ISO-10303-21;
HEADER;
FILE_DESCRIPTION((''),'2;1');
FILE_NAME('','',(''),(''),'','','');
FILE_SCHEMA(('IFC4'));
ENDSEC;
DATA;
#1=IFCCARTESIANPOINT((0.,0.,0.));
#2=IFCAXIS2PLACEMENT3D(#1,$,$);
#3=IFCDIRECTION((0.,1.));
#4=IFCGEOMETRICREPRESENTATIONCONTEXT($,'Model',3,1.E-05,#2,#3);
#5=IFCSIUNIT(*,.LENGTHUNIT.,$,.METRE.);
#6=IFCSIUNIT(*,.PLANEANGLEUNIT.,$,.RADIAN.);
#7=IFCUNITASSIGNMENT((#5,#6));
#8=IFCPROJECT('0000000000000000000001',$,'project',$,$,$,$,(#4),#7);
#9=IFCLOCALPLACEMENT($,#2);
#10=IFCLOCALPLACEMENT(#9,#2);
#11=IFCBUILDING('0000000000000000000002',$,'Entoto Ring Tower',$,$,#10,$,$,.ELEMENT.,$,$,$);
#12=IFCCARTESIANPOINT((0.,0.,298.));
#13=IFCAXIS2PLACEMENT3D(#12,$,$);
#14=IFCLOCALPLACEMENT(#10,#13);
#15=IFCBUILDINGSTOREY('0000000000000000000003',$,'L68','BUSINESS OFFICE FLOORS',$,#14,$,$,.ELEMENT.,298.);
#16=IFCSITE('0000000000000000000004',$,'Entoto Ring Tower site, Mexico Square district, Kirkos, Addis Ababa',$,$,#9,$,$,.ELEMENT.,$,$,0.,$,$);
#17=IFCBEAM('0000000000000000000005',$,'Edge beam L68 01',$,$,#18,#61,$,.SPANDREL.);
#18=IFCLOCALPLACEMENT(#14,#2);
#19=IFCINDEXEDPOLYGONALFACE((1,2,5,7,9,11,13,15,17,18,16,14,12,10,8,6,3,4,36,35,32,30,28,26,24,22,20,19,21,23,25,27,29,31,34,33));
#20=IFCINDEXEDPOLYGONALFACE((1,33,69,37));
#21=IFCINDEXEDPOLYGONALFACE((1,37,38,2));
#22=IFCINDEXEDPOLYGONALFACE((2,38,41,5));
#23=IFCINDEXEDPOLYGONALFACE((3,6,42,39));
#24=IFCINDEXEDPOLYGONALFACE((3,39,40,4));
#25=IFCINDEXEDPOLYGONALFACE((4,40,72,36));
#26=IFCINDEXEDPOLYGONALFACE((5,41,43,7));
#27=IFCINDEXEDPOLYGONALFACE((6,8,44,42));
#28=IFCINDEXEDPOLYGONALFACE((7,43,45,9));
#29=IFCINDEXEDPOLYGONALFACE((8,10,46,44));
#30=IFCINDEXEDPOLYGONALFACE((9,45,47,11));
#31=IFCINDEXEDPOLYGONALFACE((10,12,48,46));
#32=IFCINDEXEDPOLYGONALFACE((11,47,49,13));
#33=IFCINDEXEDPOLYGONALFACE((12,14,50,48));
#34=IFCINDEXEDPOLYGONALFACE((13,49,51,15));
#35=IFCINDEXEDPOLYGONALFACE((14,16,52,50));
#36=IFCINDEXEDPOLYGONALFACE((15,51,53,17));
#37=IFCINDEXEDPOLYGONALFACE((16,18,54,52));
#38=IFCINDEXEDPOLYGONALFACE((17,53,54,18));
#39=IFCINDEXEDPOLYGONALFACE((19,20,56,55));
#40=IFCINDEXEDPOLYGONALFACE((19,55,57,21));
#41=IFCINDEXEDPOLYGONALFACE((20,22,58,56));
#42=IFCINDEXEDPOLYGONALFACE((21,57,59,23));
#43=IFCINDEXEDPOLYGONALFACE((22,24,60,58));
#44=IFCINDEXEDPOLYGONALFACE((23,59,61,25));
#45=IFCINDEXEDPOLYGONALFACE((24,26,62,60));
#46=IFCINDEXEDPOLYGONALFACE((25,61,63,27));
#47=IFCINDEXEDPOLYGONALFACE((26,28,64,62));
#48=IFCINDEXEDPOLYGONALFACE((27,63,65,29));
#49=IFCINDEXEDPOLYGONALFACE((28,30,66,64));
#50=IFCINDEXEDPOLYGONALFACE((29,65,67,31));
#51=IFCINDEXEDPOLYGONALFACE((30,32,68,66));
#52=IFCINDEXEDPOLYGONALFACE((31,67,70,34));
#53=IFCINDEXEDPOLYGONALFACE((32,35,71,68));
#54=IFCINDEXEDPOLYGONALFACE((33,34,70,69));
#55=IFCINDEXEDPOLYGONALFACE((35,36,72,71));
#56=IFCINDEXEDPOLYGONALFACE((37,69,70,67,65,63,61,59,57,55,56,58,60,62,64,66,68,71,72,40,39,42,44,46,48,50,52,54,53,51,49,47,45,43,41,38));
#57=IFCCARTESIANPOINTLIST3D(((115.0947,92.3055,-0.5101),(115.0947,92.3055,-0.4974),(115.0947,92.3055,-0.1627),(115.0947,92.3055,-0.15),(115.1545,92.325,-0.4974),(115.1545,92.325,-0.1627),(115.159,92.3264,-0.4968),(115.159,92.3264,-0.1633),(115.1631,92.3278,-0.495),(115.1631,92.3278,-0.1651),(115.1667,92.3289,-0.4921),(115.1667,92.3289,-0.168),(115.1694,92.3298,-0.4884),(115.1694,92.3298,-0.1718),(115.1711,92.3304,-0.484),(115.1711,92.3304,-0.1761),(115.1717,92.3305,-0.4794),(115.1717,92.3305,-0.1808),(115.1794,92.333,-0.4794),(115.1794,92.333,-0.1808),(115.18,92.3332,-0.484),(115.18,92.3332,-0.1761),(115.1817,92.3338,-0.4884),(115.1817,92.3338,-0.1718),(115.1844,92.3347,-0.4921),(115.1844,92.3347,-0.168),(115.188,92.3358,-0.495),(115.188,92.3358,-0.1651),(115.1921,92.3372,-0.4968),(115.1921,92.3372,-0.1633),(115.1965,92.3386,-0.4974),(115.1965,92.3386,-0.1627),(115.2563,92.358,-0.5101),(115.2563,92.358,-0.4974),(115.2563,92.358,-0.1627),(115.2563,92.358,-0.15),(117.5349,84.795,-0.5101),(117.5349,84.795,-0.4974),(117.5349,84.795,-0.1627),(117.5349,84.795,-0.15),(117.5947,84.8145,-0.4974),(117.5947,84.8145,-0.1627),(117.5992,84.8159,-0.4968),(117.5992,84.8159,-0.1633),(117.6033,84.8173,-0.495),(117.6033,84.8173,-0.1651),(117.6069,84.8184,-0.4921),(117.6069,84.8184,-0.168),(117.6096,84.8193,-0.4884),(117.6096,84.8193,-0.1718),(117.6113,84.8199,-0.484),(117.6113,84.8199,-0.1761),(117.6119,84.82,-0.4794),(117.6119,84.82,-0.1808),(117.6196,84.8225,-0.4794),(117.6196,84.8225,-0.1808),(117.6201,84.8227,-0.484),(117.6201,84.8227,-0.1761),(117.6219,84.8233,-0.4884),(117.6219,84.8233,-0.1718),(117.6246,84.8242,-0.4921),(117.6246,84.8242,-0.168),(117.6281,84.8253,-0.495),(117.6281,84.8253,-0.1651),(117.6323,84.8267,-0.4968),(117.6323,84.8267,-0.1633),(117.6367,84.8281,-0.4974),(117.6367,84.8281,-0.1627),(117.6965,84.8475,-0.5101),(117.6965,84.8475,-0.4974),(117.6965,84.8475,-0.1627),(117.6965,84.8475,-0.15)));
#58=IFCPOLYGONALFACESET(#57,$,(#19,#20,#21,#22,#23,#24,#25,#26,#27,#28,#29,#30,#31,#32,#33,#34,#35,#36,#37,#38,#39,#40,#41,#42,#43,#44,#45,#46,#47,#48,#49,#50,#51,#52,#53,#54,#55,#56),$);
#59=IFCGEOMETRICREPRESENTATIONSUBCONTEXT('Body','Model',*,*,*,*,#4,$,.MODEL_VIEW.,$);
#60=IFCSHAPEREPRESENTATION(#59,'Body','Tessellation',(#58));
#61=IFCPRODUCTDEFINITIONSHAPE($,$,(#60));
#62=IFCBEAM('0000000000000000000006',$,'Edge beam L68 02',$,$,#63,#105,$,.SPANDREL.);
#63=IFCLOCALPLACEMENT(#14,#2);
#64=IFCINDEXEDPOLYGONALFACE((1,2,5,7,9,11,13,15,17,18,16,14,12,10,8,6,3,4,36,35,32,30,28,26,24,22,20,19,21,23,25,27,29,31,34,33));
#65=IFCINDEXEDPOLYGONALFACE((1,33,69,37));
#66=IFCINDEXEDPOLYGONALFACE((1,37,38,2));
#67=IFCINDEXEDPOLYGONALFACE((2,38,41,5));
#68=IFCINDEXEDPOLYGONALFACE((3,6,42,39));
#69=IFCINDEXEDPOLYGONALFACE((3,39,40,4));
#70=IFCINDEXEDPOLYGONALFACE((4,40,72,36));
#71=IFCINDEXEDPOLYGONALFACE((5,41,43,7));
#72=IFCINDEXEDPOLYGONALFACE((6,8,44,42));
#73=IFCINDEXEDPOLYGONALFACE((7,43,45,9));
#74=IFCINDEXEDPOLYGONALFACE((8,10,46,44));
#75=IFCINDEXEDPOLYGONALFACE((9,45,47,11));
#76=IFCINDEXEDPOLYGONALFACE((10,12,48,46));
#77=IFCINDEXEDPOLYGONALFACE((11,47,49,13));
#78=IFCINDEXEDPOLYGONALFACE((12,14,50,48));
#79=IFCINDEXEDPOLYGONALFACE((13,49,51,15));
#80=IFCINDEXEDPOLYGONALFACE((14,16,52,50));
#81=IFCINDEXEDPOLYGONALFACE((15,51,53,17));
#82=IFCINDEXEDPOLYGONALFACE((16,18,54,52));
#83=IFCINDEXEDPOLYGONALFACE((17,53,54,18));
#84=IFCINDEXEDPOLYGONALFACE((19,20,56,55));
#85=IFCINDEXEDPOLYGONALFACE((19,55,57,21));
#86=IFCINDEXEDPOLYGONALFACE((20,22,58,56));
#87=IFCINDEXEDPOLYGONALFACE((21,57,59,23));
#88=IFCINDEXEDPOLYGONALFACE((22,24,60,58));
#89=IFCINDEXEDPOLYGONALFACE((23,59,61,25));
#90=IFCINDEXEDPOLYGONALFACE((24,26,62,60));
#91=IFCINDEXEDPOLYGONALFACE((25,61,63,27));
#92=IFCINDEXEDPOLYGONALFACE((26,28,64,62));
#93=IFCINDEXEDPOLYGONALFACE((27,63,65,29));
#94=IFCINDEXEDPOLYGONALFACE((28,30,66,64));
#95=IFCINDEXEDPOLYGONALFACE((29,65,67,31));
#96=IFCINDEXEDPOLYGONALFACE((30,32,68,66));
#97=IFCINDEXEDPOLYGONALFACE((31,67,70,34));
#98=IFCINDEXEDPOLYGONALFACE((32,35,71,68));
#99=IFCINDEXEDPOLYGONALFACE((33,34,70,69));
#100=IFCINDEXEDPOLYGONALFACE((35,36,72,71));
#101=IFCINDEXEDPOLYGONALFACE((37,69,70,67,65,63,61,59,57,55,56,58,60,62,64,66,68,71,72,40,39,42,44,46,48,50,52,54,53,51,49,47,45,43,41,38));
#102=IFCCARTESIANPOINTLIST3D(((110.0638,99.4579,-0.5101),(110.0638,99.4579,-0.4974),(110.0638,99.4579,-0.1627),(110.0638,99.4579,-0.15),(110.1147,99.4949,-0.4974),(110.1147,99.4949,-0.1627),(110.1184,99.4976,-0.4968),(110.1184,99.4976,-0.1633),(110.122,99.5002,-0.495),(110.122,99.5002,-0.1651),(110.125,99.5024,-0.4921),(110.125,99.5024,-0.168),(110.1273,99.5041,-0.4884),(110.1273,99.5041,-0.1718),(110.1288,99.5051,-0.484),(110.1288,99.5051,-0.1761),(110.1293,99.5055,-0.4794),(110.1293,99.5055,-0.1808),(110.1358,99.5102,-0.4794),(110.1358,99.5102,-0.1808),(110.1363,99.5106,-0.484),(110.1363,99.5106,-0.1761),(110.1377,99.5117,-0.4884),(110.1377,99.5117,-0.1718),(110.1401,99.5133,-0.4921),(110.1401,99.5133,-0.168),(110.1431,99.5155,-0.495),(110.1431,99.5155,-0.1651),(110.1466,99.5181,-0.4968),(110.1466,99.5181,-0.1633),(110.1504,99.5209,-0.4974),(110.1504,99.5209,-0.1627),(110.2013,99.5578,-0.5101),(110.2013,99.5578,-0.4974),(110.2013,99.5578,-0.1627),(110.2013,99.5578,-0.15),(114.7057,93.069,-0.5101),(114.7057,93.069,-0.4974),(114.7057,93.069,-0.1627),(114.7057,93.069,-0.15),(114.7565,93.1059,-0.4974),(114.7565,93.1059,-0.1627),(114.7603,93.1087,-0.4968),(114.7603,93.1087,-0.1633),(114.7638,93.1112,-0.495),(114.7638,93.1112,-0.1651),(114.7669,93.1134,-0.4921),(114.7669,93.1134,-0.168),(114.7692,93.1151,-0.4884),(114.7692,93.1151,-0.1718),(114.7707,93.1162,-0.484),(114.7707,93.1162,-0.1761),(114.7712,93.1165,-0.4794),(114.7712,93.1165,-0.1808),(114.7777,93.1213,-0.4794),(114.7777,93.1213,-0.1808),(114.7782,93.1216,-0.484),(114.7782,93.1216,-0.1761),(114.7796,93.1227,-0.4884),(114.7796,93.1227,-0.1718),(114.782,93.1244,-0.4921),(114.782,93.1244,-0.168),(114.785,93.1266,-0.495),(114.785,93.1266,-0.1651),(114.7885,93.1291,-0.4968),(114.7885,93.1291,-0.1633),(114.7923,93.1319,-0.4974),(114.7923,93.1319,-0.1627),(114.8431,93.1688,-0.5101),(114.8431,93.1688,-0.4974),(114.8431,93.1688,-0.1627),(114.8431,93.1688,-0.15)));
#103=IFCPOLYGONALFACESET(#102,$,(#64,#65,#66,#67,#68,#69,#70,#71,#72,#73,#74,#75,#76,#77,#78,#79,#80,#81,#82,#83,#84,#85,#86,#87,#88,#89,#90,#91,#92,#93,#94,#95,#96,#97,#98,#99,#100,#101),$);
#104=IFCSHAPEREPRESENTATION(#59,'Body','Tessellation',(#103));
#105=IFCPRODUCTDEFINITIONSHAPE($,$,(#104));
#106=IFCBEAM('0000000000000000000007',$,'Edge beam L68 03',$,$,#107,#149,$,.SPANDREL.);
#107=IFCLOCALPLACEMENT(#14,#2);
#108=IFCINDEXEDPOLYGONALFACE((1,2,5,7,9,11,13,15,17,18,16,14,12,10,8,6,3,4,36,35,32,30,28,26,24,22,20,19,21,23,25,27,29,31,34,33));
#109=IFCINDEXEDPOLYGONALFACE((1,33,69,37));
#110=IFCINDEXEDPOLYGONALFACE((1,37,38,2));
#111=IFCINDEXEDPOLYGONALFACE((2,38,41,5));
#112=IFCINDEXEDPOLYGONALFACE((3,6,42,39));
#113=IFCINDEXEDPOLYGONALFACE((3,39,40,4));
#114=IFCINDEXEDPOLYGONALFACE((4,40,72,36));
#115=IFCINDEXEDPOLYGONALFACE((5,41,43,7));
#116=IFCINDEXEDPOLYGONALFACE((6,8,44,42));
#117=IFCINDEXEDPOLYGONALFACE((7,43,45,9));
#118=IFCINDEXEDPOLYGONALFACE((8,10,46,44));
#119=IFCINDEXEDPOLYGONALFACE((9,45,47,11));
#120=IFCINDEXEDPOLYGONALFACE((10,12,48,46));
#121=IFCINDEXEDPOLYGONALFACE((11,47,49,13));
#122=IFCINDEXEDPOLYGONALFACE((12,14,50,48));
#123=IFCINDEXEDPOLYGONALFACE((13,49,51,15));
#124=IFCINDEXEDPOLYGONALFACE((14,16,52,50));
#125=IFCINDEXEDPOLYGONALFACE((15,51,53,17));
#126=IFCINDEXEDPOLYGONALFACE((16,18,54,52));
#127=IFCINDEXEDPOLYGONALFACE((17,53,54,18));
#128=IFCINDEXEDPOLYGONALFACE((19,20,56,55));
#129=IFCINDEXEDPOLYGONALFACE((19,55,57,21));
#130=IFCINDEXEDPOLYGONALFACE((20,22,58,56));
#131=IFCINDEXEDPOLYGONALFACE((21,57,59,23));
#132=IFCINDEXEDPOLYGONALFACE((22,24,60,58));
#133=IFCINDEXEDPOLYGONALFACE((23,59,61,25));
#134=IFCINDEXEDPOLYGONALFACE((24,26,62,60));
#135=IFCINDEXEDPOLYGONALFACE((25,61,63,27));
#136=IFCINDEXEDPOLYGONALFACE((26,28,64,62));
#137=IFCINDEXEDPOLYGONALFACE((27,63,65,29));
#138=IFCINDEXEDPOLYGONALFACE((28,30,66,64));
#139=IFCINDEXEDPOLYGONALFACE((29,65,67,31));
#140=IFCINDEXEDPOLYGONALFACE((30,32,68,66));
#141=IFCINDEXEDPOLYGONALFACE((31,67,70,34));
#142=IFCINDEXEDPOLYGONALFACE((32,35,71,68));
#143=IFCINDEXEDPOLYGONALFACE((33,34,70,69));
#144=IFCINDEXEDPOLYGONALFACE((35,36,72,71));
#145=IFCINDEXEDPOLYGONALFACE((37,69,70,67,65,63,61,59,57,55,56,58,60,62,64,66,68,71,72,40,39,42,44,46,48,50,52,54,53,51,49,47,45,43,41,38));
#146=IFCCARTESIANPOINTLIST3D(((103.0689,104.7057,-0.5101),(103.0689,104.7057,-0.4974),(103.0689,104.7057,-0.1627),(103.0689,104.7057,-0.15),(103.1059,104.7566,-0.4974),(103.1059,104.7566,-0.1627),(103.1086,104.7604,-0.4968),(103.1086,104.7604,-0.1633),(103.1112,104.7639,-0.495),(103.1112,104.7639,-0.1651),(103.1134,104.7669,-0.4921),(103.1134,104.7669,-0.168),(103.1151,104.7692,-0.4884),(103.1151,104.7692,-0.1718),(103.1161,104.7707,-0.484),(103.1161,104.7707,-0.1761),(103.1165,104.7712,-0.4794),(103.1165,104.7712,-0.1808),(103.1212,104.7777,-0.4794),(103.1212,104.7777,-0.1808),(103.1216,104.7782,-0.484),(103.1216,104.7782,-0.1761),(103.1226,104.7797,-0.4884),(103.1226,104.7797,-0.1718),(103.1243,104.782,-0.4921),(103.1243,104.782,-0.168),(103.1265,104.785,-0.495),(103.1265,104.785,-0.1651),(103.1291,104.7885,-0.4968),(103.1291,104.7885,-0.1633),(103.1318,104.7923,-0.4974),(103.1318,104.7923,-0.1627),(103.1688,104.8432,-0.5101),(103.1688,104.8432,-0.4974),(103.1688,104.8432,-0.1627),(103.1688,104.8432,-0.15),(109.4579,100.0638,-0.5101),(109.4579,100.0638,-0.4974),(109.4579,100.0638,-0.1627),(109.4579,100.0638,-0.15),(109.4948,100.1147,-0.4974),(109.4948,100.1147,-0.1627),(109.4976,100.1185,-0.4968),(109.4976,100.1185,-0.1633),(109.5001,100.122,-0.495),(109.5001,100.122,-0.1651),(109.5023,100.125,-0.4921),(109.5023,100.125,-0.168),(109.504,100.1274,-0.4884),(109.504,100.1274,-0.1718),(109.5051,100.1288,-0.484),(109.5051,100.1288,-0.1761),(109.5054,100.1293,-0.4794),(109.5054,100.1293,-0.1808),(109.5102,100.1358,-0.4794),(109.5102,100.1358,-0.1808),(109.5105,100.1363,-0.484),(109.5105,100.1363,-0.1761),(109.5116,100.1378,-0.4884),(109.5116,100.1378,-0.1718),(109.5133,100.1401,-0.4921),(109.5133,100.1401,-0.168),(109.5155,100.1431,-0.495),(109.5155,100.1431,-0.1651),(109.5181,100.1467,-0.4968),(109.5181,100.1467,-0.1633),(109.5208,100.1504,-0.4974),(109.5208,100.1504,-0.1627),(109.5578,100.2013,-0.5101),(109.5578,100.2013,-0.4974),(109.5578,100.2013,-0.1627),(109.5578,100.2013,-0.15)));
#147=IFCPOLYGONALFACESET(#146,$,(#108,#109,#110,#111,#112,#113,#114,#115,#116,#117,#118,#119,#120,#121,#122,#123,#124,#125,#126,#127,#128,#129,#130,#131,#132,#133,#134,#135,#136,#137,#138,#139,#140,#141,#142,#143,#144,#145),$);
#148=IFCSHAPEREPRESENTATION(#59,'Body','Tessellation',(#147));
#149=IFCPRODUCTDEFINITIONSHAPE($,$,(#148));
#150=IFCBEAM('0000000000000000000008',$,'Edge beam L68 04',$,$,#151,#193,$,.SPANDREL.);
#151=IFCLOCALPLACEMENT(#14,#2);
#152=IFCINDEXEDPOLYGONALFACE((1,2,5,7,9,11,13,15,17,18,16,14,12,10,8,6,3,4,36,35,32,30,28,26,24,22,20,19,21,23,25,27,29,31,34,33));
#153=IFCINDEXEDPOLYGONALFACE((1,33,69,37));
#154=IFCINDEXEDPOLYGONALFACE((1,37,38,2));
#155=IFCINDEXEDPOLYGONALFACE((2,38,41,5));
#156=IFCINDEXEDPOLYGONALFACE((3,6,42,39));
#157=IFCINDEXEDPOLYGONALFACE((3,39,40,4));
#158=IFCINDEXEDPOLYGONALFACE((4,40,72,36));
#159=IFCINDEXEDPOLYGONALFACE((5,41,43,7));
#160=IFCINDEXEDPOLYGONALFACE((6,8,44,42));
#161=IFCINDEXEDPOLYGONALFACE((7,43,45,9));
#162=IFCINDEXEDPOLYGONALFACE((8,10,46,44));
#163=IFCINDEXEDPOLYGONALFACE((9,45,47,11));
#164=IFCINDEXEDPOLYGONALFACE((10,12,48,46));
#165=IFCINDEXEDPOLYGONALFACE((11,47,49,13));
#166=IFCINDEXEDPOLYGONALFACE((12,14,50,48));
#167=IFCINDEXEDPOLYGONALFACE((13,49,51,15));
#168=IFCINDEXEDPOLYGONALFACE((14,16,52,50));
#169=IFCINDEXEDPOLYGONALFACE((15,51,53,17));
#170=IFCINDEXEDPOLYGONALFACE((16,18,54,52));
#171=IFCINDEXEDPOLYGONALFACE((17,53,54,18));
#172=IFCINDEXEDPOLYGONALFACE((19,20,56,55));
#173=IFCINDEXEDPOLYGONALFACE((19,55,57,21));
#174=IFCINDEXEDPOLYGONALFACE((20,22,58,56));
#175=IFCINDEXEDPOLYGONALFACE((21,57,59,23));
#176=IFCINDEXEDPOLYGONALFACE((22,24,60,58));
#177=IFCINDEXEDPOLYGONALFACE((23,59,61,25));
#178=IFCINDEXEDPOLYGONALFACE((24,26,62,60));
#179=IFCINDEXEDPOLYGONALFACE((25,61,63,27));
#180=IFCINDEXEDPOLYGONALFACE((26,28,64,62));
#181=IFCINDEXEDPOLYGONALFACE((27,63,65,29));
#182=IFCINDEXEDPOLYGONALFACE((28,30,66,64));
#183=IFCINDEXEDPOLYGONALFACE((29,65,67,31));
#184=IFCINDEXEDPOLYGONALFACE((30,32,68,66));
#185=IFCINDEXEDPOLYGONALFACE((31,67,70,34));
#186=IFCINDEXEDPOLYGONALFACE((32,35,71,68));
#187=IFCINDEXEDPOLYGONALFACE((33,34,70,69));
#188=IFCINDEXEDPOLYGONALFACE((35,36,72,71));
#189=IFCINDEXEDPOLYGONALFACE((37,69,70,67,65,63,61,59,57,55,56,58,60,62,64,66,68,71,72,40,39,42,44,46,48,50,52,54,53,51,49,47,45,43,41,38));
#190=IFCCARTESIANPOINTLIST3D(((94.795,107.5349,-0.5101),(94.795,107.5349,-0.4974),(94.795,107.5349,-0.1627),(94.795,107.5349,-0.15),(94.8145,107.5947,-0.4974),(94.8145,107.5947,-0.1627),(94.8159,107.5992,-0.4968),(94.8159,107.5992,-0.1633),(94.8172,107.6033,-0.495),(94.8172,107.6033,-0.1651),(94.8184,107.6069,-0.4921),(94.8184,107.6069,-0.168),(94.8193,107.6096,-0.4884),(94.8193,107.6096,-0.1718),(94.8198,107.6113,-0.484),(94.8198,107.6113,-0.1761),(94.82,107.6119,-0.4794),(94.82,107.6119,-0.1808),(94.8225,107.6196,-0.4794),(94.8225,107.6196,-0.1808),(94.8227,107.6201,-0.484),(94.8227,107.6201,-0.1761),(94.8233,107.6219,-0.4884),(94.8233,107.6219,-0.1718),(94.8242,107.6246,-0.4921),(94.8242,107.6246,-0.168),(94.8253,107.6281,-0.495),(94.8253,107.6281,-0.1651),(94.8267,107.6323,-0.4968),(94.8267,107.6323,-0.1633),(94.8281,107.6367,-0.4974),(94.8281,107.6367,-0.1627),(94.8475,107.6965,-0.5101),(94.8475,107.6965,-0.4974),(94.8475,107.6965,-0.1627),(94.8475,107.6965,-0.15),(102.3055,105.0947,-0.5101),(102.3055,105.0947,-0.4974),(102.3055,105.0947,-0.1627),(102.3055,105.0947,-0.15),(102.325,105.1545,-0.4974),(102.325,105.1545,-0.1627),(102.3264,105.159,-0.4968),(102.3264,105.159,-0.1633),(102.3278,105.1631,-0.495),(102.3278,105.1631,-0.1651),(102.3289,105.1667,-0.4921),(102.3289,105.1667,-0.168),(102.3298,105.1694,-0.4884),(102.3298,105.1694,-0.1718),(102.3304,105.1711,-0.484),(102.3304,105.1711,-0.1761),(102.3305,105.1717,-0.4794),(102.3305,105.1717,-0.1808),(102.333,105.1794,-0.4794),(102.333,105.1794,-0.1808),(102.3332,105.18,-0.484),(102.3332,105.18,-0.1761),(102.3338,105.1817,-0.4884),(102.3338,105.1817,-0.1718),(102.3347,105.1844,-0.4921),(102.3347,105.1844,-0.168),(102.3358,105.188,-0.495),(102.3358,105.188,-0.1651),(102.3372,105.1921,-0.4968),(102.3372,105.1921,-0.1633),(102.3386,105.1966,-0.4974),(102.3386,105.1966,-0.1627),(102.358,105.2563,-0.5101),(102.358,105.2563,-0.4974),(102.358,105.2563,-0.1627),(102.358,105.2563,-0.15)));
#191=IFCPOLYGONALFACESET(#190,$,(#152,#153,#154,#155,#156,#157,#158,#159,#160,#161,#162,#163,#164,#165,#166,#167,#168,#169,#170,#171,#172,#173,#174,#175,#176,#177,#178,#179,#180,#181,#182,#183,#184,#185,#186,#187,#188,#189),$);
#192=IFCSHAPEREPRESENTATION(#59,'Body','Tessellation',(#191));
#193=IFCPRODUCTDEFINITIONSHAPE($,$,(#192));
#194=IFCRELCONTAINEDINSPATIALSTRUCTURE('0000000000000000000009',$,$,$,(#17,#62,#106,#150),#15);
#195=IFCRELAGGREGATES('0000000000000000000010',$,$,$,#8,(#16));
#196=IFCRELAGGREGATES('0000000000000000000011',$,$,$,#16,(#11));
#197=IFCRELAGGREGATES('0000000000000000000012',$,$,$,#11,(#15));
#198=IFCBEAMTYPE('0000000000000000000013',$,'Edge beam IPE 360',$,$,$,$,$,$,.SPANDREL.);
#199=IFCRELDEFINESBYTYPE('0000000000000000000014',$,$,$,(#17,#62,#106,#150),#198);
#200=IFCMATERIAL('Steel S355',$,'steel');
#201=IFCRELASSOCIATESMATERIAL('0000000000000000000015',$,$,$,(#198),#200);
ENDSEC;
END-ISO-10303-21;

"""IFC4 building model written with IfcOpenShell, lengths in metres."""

from ifc_helpers import new_model, si_unit, direction, frame, origin, origin_2d, place, context, subcontext, project, spatial, i_section, extrude, material, material_profile, profile_set, type_object, element, save


model = new_model("IFC4")

# Units and contexts
model_context = context("Model", 3, precision=1e-05, world=origin(), true_north=direction((0.0, 1.0)))
body_context = subcontext(model_context, "Body", "Model", "MODEL_VIEW")
ifc_project = project(units=[si_unit("LENGTHUNIT", "METRE"), si_unit("PLANEANGLEUNIT", "RADIAN")], contexts=[model_context])

# Site, building, storey
site_placement = place(None, origin())
site = spatial("IfcSite", under=ifc_project, at=site_placement, Name="Entoto Ring Tower site, Mexico Square district, Kirkos, Addis Ababa", CompositionType="ELEMENT", RefElevation=0.0)
building_placement = place(site_placement, origin())
building = spatial("IfcBuilding", under=site, at=building_placement, Name="Entoto Ring Tower", CompositionType="ELEMENT")
storey_placement = place(building_placement, frame((0.0, 0.0, 298.0)))
storey = spatial("IfcBuildingStorey", under=building, at=storey_placement, Name="L68", Description="BUSINESS OFFICE FLOORS", CompositionType="ELEMENT", Elevation=298.0)

# Beams
ifc_material_1 = material(Name="Steel S355", Category="steel")
ifc_material_profile_1 = material_profile(ifc_material_1, i_section(OverallWidth=0.1699, OverallDepth=0.3601, WebThickness=0.0081, FlangeThickness=0.0127, FilletRadius=0.0181, at=origin_2d()), Name="IPE 360")
ifc_profile_set_1 = profile_set([ifc_material_profile_1], Name="Steel S355")
beam_type_1 = type_object("IfcBeamType", Name="Edge beam IPE 360", PredefinedType="SPANDREL", material=ifc_profile_set_1)
beam_1_placement = place(storey_placement, frame((117.6157, 84.8213, -0.3301), z_axis=(-0.309003, 0.951061, 0.0), x_axis=(-0.951061, -0.309003, 0.0)))
element("IfcBeam", 1, at=beam_1_placement, inside=storey, type_object=beam_type_1, Name="Edge beam L68 01", PredefinedType="SPANDREL", context=body_context, shape_type="SweptSolid", body=[
    extrude(i_section(OverallWidth=0.1699, OverallDepth=0.3601, WebThickness=0.0081, FlangeThickness=0.0127, FilletRadius=0.0181, at=origin_2d()), origin(), (0.0, 0.0, 1.0), 7.897),
])
for number, where, z_axis, x_axis, name in (
    (2, (114.7744, 93.1189, -0.3301), (-0.587787, 0.809015, 0.0), (-0.809015, -0.587787, 0.0), "Edge beam L68 02"),
    (3, (109.5078, 100.1326, -0.3301), (-0.809015, 0.587787, 0.0), (-0.587787, -0.809015, 0.0), "Edge beam L68 03"),
):
    element("IfcBeam", number, at=place(storey_placement, frame(where, z_axis=z_axis, x_axis=x_axis)), inside=storey, type_object=beam_type_1, Name=name, PredefinedType="SPANDREL", context=body_context, shape_type="SweptSolid", body=[
        extrude(i_section(OverallWidth=0.1699, OverallDepth=0.3601, WebThickness=0.0081, FlangeThickness=0.0127, FilletRadius=0.0181, at=origin_2d()), origin(), (0.0, 0.0, 1.0), 7.8972),
    ])
beam_2_placement = place(storey_placement, frame((102.3318, 105.1755, -0.3301), z_axis=(-0.951061, 0.309003, 0.0), x_axis=(-0.309003, -0.951061, 0.0)))
element("IfcBeam", 4, at=beam_2_placement, inside=storey, type_object=beam_type_1, Name="Edge beam L68 04", PredefinedType="SPANDREL", context=body_context, shape_type="SweptSolid", body=[
    extrude(i_section(OverallWidth=0.1699, OverallDepth=0.3601, WebThickness=0.0081, FlangeThickness=0.0127, FilletRadius=0.0181, at=origin_2d()), origin(), (0.0, 0.0, 1.0), 7.897),
])

save(model, "model.ifc")
